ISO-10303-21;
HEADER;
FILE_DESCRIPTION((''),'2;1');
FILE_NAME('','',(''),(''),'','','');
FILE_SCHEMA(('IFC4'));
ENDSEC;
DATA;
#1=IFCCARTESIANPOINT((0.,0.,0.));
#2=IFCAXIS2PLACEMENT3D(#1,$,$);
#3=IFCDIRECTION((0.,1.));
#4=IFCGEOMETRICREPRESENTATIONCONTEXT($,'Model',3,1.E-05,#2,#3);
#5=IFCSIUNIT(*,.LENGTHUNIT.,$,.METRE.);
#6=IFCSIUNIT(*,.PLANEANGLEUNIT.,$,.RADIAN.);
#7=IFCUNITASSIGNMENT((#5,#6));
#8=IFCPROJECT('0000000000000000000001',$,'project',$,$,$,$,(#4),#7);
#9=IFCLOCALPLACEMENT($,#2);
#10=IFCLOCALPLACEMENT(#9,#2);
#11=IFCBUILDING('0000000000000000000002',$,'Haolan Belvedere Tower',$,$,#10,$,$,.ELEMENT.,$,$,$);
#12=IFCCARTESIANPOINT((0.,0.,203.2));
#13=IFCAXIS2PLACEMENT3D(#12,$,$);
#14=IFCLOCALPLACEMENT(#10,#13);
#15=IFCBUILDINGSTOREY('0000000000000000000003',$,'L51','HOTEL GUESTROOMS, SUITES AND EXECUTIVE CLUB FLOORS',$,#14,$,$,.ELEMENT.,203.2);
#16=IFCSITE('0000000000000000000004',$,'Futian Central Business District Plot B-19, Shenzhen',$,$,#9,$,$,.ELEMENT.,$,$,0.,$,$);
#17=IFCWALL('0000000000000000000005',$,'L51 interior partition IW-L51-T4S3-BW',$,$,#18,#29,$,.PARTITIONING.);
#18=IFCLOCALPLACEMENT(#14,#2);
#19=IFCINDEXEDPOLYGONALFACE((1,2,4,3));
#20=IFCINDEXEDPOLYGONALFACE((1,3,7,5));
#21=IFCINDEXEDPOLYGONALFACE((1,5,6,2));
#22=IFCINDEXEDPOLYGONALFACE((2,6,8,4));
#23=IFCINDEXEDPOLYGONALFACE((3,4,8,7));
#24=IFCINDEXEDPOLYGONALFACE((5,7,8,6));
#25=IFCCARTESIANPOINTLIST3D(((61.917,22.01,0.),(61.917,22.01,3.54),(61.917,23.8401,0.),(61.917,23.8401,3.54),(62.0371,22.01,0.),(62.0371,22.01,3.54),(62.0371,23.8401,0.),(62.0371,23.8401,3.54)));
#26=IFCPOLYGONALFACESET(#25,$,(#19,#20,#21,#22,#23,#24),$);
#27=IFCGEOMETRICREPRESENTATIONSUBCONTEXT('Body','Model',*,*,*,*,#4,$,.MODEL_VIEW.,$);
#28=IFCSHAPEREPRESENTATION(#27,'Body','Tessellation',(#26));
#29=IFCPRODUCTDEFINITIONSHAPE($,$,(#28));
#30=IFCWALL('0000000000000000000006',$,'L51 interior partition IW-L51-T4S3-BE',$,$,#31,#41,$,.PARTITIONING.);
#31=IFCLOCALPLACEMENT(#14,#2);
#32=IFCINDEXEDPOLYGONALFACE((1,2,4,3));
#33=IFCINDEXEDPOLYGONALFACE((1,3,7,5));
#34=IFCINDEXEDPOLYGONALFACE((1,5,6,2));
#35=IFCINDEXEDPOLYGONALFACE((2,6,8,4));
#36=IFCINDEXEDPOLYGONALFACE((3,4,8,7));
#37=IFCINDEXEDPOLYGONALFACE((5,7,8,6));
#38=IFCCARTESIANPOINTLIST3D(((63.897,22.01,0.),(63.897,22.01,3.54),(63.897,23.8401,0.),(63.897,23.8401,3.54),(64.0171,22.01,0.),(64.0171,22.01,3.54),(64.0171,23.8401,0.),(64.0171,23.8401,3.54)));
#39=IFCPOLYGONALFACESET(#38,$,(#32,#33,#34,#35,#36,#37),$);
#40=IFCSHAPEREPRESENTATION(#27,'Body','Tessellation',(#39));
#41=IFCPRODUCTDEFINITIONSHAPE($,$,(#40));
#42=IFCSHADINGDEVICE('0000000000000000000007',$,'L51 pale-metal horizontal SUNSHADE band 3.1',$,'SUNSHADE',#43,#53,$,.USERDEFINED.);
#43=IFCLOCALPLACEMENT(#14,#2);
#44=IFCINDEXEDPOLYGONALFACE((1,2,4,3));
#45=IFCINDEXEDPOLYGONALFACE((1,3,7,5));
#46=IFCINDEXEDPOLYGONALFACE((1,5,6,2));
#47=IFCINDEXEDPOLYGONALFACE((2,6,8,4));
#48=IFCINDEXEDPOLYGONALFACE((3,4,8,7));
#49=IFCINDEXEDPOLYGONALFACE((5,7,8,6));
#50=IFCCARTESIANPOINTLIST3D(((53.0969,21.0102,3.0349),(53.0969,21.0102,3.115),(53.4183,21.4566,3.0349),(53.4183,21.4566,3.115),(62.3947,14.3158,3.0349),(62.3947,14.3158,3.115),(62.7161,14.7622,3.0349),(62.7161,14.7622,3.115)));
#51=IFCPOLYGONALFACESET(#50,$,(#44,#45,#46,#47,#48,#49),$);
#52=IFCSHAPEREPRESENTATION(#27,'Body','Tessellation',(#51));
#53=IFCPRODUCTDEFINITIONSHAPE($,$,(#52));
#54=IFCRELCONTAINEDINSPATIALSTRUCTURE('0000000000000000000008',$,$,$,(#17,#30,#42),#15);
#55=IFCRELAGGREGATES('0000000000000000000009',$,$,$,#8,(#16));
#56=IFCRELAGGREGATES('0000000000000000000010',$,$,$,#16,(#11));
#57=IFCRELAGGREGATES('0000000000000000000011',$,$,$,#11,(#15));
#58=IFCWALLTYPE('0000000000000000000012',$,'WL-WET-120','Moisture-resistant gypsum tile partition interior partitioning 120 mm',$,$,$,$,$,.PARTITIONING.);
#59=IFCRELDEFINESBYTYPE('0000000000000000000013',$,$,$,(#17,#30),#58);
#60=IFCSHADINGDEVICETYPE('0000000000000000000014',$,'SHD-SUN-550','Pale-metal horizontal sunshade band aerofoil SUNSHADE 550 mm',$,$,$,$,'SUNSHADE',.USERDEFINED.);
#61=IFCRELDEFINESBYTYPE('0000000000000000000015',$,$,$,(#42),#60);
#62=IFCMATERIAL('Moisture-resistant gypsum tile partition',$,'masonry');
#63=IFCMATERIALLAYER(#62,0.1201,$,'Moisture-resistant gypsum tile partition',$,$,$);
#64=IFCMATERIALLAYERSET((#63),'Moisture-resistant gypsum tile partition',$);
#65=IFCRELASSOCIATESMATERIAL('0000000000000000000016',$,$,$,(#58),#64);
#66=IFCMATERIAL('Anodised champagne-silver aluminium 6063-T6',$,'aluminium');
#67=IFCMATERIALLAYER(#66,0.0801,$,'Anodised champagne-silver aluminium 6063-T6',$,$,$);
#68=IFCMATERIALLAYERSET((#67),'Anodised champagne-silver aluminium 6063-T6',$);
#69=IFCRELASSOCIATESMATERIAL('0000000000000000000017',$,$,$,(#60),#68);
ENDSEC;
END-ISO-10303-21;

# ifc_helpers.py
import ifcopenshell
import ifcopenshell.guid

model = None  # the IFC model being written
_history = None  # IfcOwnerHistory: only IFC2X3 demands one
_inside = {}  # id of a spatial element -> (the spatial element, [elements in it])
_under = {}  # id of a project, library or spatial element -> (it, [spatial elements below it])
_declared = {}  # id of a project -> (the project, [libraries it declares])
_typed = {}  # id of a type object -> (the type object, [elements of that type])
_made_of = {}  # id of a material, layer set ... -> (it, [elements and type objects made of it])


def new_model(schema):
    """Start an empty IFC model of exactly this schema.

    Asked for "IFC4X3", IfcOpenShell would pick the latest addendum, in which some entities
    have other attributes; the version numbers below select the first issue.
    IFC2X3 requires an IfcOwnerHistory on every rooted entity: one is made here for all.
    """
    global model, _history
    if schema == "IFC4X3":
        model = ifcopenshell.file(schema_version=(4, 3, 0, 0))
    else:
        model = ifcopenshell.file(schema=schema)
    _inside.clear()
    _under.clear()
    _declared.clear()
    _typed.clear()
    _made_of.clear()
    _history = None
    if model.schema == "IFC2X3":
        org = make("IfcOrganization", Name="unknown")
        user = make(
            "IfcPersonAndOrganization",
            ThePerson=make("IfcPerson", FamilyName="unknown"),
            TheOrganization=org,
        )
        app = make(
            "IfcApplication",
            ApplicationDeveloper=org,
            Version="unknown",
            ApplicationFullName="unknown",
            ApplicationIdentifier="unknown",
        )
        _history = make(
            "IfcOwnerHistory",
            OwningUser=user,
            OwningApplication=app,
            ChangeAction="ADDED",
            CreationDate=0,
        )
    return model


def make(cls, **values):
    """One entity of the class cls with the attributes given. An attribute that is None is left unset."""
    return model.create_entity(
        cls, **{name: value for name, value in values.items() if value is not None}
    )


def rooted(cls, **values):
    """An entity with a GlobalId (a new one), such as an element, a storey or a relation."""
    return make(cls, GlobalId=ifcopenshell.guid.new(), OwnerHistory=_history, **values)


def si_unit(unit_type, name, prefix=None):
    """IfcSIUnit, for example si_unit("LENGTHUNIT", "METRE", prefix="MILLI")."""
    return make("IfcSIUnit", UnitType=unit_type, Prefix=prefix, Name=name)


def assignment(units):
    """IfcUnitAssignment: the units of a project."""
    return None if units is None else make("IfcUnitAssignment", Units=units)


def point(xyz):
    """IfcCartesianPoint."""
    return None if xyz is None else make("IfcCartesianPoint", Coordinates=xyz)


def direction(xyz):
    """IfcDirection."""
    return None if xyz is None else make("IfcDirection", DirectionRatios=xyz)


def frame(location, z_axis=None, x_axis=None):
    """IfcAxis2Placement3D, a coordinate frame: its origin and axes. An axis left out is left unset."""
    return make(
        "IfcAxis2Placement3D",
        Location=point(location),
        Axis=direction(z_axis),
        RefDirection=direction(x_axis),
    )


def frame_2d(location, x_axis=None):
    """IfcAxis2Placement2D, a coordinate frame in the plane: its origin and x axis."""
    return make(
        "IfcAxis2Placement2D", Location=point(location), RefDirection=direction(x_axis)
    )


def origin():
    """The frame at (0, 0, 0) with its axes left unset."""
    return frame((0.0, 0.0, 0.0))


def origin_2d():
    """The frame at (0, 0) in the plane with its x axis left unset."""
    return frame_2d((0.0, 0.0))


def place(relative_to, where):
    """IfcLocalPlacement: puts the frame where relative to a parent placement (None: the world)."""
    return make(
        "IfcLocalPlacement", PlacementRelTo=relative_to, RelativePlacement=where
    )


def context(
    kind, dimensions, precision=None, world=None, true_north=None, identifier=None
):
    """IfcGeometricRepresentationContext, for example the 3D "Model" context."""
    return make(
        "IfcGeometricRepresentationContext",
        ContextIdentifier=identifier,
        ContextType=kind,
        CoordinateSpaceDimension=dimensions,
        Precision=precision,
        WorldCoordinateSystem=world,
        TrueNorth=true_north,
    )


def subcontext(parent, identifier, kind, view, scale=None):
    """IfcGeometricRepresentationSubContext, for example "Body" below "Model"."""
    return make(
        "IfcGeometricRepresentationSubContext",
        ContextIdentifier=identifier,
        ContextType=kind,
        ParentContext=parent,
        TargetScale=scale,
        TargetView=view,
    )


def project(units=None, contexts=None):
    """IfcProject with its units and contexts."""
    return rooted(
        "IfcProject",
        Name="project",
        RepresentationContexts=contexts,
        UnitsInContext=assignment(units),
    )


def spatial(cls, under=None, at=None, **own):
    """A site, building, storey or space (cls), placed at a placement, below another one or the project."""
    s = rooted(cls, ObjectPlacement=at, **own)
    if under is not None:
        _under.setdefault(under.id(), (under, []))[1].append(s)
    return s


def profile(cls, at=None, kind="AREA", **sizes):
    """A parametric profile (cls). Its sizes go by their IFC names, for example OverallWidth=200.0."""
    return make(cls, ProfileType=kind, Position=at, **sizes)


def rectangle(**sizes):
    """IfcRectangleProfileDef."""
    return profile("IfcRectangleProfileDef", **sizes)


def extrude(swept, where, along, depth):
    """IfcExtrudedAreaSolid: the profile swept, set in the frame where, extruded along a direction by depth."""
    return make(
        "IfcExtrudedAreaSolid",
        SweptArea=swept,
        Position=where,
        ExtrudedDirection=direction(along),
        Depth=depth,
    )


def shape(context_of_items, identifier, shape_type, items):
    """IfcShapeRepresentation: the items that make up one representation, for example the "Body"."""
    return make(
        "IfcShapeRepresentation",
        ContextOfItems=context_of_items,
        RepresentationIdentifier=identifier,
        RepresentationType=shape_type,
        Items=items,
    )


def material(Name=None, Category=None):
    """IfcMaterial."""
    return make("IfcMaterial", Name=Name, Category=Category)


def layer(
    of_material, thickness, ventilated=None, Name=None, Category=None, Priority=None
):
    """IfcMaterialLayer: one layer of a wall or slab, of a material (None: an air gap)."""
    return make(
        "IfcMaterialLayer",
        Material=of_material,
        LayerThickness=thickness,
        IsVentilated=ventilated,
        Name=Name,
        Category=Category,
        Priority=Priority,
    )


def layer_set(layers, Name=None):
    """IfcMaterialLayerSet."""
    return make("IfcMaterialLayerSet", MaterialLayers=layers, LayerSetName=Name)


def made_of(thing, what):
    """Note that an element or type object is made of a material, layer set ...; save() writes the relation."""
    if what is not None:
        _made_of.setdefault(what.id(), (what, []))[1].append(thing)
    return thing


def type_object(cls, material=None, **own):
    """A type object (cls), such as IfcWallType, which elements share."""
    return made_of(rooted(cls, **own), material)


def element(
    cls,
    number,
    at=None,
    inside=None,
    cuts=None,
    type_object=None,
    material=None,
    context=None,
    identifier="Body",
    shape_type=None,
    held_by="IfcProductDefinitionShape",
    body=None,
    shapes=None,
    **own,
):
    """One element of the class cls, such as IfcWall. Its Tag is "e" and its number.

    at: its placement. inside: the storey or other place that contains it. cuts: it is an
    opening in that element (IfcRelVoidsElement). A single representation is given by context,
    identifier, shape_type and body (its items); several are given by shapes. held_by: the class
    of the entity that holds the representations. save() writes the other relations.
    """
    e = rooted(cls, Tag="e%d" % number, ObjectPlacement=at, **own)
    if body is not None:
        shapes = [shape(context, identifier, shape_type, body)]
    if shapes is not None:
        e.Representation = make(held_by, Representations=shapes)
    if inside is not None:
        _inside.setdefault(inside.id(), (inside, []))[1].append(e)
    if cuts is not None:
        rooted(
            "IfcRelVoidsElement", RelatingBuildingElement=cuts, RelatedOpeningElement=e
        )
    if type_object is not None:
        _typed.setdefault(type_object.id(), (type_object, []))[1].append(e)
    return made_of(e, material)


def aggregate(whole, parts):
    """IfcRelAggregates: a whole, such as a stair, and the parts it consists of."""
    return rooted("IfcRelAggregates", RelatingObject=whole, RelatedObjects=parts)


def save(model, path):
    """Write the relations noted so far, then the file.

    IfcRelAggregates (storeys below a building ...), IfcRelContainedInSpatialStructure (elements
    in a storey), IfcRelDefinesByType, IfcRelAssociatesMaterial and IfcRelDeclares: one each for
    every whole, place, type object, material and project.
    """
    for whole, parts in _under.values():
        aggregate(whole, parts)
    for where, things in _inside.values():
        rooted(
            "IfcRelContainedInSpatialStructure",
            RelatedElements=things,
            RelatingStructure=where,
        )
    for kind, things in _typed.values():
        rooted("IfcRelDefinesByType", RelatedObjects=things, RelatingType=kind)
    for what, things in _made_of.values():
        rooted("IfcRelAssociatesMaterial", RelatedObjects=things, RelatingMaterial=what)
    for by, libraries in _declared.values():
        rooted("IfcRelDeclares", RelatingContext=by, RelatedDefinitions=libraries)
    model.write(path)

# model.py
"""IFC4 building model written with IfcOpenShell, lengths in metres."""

from ifc_helpers import new_model, si_unit, direction, frame, frame_2d, origin, origin_2d, place, context, subcontext, project, spatial, rectangle, extrude, material, layer, layer_set, type_object, element, save


model = new_model("IFC4")

# Units and contexts
model_context = context("Model", 3, precision=1e-05, world=origin(), true_north=direction((0.0, 1.0)))
body_context = subcontext(model_context, "Body", "Model", "MODEL_VIEW")
ifc_project = project(units=[si_unit("LENGTHUNIT", "METRE"), si_unit("PLANEANGLEUNIT", "RADIAN")], contexts=[model_context])

# Site, building, storey
site_placement = place(None, origin())
site = spatial("IfcSite", under=ifc_project, at=site_placement, Name="Futian Central Business District Plot B-19, Shenzhen", CompositionType="ELEMENT", RefElevation=0.0)
building_placement = place(site_placement, origin())
building = spatial("IfcBuilding", under=site, at=building_placement, Name="Haolan Belvedere Tower", CompositionType="ELEMENT")
storey_placement = place(building_placement, frame((0.0, 0.0, 203.2)))
storey = spatial("IfcBuildingStorey", under=building, at=storey_placement, Name="L51", Description="HOTEL GUESTROOMS, SUITES AND EXECUTIVE CLUB FLOORS", CompositionType="ELEMENT", Elevation=203.2)

# Shared definitions
ifc_material_1 = material(Name="Moisture-resistant gypsum tile partition", Category="masonry")
ifc_layer_1 = layer(ifc_material_1, 0.1201, Name="Moisture-resistant gypsum tile partition")
ifc_layer_set_1 = layer_set([ifc_layer_1], Name="Moisture-resistant gypsum tile partition")
wall_type_1 = type_object("IfcWallType", Name="WL-WET-120", Description="Moisture-resistant gypsum tile partition interior partitioning 120 mm", PredefinedType="PARTITIONING", material=ifc_layer_set_1)

# Walls
for number, where, z_axis, x_axis, name in (
    (1, (61.9771, 22.01, 0.0), (0.0, 0.0, 1.0), (0.0, 1.0, 0.0), "L51 interior partition IW-L51-T4S3-BW"),
    (2, (63.957, 22.01, 0.0), (0.0, 0.0, 1.0), (0.0, 1.0, 0.0), "L51 interior partition IW-L51-T4S3-BE"),
):
    element("IfcWall", number, at=place(storey_placement, frame(where, z_axis=z_axis, x_axis=x_axis)), inside=storey, type_object=wall_type_1, Name=name, PredefinedType="PARTITIONING", context=body_context, shape_type="SweptSolid", body=[
        extrude(rectangle(XDim=1.8301, YDim=0.1201, at=frame_2d((0.915, 0.0))), origin(), (0.0, 0.0, 1.0), 3.54),
    ])

# Shading device
ifc_material_2 = material(Name="Anodised champagne-silver aluminium 6063-T6", Category="aluminium")
ifc_layer_2 = layer(ifc_material_2, 0.0801, Name="Anodised champagne-silver aluminium 6063-T6")
ifc_layer_set_2 = layer_set([ifc_layer_2], Name="Anodised champagne-silver aluminium 6063-T6")
shading_device_type = type_object("IfcShadingDeviceType", Name="SHD-SUN-550", Description="Pale-metal horizontal sunshade band aerofoil SUNSHADE 550 mm", ElementType="SUNSHADE", PredefinedType="USERDEFINED", material=ifc_layer_set_2)
shading_device_placement = place(storey_placement, frame((57.9065, 17.8862, 3.0349), z_axis=(0.0, 0.0, 1.0), x_axis=(0.811533, -0.584306, 0.0)))
element("IfcShadingDevice", 3, at=shading_device_placement, inside=storey, type_object=shading_device_type, Name="L51 pale-metal horizontal SUNSHADE band 3.1", ObjectType="SUNSHADE", PredefinedType="USERDEFINED", context=body_context, shape_type="SweptSolid", body=[
    extrude(rectangle(XDim=11.457, YDim=0.55, at=origin_2d()), origin(), (0.0, 0.0, 1.0), 0.0801),
])

save(model, "model.ifc")
